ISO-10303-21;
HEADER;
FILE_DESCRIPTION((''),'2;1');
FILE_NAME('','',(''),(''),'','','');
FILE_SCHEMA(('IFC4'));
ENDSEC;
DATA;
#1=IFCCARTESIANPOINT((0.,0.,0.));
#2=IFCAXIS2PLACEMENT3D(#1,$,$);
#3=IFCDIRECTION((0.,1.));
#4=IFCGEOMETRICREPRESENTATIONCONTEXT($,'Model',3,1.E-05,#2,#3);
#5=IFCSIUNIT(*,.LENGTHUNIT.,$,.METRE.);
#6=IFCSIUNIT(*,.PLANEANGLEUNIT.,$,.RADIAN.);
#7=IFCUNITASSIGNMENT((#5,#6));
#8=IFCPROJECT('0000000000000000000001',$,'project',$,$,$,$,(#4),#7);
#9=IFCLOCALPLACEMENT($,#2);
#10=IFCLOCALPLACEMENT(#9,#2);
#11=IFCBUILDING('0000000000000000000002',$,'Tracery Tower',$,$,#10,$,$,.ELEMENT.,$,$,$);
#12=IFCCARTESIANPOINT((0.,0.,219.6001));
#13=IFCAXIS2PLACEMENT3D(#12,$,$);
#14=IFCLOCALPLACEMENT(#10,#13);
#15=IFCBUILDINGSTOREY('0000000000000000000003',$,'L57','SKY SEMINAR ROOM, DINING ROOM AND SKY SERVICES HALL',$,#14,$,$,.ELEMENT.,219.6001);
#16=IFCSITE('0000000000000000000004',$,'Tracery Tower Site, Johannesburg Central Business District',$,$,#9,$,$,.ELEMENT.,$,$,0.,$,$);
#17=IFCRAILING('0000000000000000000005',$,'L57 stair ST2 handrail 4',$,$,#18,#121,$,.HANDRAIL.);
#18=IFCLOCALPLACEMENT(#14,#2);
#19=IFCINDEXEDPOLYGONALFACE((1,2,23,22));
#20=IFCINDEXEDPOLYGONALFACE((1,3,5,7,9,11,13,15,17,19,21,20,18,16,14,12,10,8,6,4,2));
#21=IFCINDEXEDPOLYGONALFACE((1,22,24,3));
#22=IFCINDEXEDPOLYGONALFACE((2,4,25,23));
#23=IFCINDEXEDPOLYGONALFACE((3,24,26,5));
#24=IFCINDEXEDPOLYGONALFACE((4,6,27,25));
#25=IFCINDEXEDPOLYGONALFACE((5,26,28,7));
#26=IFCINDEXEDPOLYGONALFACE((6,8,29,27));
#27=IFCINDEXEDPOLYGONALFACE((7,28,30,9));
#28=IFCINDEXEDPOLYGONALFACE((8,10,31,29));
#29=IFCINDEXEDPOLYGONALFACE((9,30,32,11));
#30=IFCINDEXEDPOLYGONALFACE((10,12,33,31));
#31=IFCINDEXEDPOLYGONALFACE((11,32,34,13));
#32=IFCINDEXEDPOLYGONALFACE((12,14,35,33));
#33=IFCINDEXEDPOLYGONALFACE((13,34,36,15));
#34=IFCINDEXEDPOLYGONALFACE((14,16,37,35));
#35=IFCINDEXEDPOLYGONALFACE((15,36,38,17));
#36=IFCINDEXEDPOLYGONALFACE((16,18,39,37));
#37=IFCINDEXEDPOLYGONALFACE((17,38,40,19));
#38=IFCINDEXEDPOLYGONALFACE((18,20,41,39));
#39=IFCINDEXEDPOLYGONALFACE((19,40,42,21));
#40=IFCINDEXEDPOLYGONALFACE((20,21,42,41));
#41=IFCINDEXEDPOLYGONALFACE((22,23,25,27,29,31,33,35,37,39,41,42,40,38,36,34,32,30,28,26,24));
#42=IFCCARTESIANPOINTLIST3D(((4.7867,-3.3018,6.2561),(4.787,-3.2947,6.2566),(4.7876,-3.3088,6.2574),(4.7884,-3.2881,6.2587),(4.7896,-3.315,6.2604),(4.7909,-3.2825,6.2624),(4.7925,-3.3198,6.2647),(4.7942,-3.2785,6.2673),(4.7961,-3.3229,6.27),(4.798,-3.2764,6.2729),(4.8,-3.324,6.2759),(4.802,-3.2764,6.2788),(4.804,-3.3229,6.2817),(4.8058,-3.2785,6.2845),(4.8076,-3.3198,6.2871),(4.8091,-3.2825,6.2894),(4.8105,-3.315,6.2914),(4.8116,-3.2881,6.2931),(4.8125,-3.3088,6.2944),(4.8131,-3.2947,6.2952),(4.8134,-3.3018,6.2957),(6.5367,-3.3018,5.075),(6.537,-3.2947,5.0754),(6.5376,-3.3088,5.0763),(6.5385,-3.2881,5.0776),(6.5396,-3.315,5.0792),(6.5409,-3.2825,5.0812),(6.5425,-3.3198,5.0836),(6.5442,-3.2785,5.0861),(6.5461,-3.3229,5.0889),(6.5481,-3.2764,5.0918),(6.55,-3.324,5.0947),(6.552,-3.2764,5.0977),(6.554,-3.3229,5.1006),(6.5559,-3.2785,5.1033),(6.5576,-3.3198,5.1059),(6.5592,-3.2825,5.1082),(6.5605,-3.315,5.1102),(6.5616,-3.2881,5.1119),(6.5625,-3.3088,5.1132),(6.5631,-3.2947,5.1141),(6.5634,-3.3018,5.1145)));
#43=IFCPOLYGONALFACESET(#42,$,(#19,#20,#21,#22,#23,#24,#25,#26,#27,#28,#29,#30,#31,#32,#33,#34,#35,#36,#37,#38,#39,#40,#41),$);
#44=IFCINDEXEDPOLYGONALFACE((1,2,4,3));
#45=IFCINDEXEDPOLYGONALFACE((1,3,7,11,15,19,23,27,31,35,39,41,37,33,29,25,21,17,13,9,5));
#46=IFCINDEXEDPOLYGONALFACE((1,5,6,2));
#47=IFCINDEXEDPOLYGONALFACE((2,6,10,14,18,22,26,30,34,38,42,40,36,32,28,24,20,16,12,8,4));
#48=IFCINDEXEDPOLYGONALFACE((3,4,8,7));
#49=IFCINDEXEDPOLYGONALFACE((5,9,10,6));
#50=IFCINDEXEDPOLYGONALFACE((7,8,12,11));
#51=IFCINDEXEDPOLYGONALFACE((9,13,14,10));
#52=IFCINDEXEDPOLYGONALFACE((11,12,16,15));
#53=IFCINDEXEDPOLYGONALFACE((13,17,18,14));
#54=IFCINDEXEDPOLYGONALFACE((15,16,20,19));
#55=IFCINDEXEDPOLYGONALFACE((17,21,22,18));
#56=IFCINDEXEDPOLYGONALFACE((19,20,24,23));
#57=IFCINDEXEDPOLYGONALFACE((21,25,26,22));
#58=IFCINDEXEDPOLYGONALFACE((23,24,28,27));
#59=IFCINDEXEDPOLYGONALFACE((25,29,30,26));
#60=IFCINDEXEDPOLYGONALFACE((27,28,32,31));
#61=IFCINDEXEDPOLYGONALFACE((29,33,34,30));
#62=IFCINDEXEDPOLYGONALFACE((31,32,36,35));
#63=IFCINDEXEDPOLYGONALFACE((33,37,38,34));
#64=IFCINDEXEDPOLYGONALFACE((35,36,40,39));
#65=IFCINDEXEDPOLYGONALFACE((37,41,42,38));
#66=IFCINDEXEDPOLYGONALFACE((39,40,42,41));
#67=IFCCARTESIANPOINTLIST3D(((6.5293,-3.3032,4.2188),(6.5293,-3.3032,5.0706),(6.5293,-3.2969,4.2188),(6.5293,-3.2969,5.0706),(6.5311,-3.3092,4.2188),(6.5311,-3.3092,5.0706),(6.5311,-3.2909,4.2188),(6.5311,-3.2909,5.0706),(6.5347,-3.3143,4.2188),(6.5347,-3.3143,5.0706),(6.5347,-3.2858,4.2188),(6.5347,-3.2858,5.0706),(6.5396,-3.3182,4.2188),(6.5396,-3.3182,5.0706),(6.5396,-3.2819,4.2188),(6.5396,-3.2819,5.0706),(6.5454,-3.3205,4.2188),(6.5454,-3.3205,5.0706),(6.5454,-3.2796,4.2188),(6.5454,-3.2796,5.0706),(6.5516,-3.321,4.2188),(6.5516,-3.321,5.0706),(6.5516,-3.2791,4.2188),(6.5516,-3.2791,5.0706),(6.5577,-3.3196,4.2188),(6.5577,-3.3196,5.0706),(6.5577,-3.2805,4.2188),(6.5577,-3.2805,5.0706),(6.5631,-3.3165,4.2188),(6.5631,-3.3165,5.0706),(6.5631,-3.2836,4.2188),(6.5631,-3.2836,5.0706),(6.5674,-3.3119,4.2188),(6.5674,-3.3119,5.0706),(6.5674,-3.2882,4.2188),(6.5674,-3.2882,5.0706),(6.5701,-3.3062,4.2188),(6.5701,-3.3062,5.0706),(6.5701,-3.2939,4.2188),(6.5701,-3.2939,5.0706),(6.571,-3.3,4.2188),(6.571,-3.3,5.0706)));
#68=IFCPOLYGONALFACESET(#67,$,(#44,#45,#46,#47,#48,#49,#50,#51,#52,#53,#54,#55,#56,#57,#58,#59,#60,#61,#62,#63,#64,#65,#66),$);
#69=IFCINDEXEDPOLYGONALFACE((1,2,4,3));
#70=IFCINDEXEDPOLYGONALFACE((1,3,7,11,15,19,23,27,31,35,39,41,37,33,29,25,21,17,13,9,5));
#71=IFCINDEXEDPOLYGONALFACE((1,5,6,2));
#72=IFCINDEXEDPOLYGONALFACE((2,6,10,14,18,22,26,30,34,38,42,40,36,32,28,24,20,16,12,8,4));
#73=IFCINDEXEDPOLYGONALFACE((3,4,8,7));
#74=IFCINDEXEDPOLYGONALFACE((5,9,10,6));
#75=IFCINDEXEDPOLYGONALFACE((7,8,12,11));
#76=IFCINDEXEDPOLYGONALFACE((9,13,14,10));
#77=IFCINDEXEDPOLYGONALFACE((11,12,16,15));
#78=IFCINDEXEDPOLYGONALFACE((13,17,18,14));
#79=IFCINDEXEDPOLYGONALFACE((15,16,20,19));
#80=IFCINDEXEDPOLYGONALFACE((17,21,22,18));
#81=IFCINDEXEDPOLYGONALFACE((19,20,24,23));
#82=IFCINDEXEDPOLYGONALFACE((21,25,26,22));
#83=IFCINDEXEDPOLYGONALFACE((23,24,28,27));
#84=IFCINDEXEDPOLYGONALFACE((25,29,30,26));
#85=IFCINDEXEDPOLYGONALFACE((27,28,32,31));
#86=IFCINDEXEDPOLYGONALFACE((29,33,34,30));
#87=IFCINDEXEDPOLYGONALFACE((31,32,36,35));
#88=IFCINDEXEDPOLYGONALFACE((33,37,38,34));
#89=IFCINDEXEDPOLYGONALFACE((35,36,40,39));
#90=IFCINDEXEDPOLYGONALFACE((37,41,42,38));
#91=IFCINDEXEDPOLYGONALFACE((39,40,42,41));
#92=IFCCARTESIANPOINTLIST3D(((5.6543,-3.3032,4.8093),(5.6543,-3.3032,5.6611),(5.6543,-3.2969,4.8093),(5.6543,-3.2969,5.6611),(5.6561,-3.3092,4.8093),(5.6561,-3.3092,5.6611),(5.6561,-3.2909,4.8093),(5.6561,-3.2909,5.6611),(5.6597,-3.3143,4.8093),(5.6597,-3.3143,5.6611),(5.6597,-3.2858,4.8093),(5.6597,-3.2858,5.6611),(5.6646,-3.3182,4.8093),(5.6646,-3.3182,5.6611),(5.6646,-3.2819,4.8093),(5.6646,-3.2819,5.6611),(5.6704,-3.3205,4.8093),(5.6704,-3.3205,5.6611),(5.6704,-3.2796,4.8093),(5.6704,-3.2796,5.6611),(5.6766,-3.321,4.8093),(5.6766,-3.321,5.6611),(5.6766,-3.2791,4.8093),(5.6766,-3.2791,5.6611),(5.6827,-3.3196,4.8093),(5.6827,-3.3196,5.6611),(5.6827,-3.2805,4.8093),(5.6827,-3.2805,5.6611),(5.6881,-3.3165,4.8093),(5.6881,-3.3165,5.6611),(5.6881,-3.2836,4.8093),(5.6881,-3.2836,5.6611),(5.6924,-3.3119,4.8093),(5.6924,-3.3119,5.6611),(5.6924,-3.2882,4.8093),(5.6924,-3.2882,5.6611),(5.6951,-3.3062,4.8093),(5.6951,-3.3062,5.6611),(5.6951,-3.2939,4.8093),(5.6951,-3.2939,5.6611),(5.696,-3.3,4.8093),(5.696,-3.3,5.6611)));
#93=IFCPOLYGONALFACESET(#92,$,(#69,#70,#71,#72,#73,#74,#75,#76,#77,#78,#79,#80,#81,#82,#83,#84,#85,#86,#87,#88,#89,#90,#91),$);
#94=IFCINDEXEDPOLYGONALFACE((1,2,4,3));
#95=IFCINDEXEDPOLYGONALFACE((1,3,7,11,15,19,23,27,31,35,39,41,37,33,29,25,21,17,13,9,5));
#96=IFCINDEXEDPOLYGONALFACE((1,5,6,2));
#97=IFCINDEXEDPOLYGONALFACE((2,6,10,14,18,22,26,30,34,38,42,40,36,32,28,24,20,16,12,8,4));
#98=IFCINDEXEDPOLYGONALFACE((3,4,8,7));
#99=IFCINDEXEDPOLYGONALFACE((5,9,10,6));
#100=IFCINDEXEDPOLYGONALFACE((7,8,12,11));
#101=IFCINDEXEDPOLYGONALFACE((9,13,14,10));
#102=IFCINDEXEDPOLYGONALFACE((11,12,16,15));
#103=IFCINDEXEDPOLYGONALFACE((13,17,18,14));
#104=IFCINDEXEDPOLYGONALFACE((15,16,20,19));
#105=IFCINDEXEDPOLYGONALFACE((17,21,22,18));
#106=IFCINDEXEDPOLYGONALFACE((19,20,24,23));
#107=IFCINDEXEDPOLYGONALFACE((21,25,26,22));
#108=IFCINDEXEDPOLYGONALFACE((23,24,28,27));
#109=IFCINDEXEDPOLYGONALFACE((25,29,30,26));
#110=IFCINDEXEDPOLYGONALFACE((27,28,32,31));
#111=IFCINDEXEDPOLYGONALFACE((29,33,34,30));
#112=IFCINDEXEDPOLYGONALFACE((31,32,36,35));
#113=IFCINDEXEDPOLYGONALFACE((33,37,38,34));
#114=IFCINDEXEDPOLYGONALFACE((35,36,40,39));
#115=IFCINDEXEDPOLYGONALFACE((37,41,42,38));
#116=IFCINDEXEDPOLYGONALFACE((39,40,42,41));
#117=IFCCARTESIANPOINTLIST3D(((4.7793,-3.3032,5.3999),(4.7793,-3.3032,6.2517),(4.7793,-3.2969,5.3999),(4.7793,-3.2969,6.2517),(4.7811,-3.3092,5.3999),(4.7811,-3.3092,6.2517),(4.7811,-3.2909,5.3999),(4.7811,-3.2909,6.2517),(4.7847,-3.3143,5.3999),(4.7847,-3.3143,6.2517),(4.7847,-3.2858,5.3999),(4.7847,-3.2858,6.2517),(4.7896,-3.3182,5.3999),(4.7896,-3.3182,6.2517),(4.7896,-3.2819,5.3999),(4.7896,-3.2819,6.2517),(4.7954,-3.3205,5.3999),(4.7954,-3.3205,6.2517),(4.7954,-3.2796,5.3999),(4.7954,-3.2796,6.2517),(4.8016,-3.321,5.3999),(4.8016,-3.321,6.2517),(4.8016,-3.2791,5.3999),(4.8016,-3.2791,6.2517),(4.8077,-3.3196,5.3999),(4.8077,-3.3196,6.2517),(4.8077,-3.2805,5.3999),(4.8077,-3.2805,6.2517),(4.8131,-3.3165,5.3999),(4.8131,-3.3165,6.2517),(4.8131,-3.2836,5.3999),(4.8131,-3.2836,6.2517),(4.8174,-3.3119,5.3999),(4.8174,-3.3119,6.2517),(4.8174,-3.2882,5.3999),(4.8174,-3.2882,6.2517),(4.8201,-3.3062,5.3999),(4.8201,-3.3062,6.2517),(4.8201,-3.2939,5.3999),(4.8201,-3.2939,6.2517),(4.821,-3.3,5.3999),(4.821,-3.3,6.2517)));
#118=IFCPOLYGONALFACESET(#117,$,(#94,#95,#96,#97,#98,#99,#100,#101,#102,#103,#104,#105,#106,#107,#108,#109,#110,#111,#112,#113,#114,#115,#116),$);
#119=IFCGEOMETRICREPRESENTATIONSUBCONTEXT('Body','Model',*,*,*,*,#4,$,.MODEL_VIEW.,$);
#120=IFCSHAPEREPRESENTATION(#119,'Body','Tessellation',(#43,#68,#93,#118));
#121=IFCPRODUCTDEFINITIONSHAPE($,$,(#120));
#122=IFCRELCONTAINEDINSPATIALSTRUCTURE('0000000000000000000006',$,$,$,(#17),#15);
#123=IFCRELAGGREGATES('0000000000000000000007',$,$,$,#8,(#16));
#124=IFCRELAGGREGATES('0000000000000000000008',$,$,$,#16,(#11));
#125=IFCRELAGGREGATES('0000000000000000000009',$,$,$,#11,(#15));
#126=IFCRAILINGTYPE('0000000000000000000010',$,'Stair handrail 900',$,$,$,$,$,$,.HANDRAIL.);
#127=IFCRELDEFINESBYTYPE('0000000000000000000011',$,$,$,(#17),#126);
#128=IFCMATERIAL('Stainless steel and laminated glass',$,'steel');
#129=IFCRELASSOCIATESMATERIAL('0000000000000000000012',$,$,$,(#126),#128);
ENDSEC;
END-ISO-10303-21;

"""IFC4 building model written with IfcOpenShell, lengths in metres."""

from ifc_helpers import new_model, si_unit, direction, frame, origin, origin_2d, place, context, subcontext, project, spatial, circle, extrude, material, type_object, element, save


model = new_model("IFC4")

# Units and contexts
model_context = context("Model", 3, precision=1e-05, world=origin(), true_north=direction((0.0, 1.0)))
body_context = subcontext(model_context, "Body", "Model", "MODEL_VIEW")
ifc_project = project(units=[si_unit("LENGTHUNIT", "METRE"), si_unit("PLANEANGLEUNIT", "RADIAN")], contexts=[model_context])

# Site, building, storey
site_placement = place(None, origin())
site = spatial("IfcSite", under=ifc_project, at=site_placement, Name="Tracery Tower Site, Johannesburg Central Business District", CompositionType="ELEMENT", RefElevation=0.0)
building_placement = place(site_placement, origin())
building = spatial("IfcBuilding", under=site, at=building_placement, Name="Tracery Tower", CompositionType="ELEMENT")
storey_placement = place(building_placement, frame((0.0, 0.0, 219.6001)))
storey = spatial("IfcBuildingStorey", under=building, at=storey_placement, Name="L57", Description="SKY SEMINAR ROOM, DINING ROOM AND SKY SERVICES HALL", CompositionType="ELEMENT", Elevation=219.6001)

# Railing
ifc_material_1 = material(Name="Stainless steel and laminated glass", Category="steel")
railing_type_1 = type_object("IfcRailingType", Name="Stair handrail 900", PredefinedType="HANDRAIL", material=ifc_material_1)
railing_1_placement = place(storey_placement, frame((6.55, -3.3, 4.2188)))
element("IfcRailing", 1, at=railing_1_placement, inside=storey, type_object=railing_type_1, Name="L57 stair ST2 handrail 4", PredefinedType="HANDRAIL", context=body_context, shape_type="SweptSolid", body=[
    extrude(circle(Radius=0.0239, at=origin_2d()), frame((0.0, 0.0, 0.876), z_axis=(-0.82887, 0.0, 0.559441), x_axis=(0.0, -1.0, 0.0)), (0.0, 0.0, 1.0), 2.1113),
    extrude(circle(Radius=0.021, at=origin_2d()), origin(), (0.0, 0.0, 1.0), 0.8518),
    extrude(circle(Radius=0.021, at=origin_2d()), frame((-0.875, 0.0, 0.5906)), (0.0, 0.0, 1.0), 0.8518),
    extrude(circle(Radius=0.021, at=origin_2d()), frame((-1.75, 0.0, 1.1812)), (0.0, 0.0, 1.0), 0.8518),
])

save(model, "model.ifc")
